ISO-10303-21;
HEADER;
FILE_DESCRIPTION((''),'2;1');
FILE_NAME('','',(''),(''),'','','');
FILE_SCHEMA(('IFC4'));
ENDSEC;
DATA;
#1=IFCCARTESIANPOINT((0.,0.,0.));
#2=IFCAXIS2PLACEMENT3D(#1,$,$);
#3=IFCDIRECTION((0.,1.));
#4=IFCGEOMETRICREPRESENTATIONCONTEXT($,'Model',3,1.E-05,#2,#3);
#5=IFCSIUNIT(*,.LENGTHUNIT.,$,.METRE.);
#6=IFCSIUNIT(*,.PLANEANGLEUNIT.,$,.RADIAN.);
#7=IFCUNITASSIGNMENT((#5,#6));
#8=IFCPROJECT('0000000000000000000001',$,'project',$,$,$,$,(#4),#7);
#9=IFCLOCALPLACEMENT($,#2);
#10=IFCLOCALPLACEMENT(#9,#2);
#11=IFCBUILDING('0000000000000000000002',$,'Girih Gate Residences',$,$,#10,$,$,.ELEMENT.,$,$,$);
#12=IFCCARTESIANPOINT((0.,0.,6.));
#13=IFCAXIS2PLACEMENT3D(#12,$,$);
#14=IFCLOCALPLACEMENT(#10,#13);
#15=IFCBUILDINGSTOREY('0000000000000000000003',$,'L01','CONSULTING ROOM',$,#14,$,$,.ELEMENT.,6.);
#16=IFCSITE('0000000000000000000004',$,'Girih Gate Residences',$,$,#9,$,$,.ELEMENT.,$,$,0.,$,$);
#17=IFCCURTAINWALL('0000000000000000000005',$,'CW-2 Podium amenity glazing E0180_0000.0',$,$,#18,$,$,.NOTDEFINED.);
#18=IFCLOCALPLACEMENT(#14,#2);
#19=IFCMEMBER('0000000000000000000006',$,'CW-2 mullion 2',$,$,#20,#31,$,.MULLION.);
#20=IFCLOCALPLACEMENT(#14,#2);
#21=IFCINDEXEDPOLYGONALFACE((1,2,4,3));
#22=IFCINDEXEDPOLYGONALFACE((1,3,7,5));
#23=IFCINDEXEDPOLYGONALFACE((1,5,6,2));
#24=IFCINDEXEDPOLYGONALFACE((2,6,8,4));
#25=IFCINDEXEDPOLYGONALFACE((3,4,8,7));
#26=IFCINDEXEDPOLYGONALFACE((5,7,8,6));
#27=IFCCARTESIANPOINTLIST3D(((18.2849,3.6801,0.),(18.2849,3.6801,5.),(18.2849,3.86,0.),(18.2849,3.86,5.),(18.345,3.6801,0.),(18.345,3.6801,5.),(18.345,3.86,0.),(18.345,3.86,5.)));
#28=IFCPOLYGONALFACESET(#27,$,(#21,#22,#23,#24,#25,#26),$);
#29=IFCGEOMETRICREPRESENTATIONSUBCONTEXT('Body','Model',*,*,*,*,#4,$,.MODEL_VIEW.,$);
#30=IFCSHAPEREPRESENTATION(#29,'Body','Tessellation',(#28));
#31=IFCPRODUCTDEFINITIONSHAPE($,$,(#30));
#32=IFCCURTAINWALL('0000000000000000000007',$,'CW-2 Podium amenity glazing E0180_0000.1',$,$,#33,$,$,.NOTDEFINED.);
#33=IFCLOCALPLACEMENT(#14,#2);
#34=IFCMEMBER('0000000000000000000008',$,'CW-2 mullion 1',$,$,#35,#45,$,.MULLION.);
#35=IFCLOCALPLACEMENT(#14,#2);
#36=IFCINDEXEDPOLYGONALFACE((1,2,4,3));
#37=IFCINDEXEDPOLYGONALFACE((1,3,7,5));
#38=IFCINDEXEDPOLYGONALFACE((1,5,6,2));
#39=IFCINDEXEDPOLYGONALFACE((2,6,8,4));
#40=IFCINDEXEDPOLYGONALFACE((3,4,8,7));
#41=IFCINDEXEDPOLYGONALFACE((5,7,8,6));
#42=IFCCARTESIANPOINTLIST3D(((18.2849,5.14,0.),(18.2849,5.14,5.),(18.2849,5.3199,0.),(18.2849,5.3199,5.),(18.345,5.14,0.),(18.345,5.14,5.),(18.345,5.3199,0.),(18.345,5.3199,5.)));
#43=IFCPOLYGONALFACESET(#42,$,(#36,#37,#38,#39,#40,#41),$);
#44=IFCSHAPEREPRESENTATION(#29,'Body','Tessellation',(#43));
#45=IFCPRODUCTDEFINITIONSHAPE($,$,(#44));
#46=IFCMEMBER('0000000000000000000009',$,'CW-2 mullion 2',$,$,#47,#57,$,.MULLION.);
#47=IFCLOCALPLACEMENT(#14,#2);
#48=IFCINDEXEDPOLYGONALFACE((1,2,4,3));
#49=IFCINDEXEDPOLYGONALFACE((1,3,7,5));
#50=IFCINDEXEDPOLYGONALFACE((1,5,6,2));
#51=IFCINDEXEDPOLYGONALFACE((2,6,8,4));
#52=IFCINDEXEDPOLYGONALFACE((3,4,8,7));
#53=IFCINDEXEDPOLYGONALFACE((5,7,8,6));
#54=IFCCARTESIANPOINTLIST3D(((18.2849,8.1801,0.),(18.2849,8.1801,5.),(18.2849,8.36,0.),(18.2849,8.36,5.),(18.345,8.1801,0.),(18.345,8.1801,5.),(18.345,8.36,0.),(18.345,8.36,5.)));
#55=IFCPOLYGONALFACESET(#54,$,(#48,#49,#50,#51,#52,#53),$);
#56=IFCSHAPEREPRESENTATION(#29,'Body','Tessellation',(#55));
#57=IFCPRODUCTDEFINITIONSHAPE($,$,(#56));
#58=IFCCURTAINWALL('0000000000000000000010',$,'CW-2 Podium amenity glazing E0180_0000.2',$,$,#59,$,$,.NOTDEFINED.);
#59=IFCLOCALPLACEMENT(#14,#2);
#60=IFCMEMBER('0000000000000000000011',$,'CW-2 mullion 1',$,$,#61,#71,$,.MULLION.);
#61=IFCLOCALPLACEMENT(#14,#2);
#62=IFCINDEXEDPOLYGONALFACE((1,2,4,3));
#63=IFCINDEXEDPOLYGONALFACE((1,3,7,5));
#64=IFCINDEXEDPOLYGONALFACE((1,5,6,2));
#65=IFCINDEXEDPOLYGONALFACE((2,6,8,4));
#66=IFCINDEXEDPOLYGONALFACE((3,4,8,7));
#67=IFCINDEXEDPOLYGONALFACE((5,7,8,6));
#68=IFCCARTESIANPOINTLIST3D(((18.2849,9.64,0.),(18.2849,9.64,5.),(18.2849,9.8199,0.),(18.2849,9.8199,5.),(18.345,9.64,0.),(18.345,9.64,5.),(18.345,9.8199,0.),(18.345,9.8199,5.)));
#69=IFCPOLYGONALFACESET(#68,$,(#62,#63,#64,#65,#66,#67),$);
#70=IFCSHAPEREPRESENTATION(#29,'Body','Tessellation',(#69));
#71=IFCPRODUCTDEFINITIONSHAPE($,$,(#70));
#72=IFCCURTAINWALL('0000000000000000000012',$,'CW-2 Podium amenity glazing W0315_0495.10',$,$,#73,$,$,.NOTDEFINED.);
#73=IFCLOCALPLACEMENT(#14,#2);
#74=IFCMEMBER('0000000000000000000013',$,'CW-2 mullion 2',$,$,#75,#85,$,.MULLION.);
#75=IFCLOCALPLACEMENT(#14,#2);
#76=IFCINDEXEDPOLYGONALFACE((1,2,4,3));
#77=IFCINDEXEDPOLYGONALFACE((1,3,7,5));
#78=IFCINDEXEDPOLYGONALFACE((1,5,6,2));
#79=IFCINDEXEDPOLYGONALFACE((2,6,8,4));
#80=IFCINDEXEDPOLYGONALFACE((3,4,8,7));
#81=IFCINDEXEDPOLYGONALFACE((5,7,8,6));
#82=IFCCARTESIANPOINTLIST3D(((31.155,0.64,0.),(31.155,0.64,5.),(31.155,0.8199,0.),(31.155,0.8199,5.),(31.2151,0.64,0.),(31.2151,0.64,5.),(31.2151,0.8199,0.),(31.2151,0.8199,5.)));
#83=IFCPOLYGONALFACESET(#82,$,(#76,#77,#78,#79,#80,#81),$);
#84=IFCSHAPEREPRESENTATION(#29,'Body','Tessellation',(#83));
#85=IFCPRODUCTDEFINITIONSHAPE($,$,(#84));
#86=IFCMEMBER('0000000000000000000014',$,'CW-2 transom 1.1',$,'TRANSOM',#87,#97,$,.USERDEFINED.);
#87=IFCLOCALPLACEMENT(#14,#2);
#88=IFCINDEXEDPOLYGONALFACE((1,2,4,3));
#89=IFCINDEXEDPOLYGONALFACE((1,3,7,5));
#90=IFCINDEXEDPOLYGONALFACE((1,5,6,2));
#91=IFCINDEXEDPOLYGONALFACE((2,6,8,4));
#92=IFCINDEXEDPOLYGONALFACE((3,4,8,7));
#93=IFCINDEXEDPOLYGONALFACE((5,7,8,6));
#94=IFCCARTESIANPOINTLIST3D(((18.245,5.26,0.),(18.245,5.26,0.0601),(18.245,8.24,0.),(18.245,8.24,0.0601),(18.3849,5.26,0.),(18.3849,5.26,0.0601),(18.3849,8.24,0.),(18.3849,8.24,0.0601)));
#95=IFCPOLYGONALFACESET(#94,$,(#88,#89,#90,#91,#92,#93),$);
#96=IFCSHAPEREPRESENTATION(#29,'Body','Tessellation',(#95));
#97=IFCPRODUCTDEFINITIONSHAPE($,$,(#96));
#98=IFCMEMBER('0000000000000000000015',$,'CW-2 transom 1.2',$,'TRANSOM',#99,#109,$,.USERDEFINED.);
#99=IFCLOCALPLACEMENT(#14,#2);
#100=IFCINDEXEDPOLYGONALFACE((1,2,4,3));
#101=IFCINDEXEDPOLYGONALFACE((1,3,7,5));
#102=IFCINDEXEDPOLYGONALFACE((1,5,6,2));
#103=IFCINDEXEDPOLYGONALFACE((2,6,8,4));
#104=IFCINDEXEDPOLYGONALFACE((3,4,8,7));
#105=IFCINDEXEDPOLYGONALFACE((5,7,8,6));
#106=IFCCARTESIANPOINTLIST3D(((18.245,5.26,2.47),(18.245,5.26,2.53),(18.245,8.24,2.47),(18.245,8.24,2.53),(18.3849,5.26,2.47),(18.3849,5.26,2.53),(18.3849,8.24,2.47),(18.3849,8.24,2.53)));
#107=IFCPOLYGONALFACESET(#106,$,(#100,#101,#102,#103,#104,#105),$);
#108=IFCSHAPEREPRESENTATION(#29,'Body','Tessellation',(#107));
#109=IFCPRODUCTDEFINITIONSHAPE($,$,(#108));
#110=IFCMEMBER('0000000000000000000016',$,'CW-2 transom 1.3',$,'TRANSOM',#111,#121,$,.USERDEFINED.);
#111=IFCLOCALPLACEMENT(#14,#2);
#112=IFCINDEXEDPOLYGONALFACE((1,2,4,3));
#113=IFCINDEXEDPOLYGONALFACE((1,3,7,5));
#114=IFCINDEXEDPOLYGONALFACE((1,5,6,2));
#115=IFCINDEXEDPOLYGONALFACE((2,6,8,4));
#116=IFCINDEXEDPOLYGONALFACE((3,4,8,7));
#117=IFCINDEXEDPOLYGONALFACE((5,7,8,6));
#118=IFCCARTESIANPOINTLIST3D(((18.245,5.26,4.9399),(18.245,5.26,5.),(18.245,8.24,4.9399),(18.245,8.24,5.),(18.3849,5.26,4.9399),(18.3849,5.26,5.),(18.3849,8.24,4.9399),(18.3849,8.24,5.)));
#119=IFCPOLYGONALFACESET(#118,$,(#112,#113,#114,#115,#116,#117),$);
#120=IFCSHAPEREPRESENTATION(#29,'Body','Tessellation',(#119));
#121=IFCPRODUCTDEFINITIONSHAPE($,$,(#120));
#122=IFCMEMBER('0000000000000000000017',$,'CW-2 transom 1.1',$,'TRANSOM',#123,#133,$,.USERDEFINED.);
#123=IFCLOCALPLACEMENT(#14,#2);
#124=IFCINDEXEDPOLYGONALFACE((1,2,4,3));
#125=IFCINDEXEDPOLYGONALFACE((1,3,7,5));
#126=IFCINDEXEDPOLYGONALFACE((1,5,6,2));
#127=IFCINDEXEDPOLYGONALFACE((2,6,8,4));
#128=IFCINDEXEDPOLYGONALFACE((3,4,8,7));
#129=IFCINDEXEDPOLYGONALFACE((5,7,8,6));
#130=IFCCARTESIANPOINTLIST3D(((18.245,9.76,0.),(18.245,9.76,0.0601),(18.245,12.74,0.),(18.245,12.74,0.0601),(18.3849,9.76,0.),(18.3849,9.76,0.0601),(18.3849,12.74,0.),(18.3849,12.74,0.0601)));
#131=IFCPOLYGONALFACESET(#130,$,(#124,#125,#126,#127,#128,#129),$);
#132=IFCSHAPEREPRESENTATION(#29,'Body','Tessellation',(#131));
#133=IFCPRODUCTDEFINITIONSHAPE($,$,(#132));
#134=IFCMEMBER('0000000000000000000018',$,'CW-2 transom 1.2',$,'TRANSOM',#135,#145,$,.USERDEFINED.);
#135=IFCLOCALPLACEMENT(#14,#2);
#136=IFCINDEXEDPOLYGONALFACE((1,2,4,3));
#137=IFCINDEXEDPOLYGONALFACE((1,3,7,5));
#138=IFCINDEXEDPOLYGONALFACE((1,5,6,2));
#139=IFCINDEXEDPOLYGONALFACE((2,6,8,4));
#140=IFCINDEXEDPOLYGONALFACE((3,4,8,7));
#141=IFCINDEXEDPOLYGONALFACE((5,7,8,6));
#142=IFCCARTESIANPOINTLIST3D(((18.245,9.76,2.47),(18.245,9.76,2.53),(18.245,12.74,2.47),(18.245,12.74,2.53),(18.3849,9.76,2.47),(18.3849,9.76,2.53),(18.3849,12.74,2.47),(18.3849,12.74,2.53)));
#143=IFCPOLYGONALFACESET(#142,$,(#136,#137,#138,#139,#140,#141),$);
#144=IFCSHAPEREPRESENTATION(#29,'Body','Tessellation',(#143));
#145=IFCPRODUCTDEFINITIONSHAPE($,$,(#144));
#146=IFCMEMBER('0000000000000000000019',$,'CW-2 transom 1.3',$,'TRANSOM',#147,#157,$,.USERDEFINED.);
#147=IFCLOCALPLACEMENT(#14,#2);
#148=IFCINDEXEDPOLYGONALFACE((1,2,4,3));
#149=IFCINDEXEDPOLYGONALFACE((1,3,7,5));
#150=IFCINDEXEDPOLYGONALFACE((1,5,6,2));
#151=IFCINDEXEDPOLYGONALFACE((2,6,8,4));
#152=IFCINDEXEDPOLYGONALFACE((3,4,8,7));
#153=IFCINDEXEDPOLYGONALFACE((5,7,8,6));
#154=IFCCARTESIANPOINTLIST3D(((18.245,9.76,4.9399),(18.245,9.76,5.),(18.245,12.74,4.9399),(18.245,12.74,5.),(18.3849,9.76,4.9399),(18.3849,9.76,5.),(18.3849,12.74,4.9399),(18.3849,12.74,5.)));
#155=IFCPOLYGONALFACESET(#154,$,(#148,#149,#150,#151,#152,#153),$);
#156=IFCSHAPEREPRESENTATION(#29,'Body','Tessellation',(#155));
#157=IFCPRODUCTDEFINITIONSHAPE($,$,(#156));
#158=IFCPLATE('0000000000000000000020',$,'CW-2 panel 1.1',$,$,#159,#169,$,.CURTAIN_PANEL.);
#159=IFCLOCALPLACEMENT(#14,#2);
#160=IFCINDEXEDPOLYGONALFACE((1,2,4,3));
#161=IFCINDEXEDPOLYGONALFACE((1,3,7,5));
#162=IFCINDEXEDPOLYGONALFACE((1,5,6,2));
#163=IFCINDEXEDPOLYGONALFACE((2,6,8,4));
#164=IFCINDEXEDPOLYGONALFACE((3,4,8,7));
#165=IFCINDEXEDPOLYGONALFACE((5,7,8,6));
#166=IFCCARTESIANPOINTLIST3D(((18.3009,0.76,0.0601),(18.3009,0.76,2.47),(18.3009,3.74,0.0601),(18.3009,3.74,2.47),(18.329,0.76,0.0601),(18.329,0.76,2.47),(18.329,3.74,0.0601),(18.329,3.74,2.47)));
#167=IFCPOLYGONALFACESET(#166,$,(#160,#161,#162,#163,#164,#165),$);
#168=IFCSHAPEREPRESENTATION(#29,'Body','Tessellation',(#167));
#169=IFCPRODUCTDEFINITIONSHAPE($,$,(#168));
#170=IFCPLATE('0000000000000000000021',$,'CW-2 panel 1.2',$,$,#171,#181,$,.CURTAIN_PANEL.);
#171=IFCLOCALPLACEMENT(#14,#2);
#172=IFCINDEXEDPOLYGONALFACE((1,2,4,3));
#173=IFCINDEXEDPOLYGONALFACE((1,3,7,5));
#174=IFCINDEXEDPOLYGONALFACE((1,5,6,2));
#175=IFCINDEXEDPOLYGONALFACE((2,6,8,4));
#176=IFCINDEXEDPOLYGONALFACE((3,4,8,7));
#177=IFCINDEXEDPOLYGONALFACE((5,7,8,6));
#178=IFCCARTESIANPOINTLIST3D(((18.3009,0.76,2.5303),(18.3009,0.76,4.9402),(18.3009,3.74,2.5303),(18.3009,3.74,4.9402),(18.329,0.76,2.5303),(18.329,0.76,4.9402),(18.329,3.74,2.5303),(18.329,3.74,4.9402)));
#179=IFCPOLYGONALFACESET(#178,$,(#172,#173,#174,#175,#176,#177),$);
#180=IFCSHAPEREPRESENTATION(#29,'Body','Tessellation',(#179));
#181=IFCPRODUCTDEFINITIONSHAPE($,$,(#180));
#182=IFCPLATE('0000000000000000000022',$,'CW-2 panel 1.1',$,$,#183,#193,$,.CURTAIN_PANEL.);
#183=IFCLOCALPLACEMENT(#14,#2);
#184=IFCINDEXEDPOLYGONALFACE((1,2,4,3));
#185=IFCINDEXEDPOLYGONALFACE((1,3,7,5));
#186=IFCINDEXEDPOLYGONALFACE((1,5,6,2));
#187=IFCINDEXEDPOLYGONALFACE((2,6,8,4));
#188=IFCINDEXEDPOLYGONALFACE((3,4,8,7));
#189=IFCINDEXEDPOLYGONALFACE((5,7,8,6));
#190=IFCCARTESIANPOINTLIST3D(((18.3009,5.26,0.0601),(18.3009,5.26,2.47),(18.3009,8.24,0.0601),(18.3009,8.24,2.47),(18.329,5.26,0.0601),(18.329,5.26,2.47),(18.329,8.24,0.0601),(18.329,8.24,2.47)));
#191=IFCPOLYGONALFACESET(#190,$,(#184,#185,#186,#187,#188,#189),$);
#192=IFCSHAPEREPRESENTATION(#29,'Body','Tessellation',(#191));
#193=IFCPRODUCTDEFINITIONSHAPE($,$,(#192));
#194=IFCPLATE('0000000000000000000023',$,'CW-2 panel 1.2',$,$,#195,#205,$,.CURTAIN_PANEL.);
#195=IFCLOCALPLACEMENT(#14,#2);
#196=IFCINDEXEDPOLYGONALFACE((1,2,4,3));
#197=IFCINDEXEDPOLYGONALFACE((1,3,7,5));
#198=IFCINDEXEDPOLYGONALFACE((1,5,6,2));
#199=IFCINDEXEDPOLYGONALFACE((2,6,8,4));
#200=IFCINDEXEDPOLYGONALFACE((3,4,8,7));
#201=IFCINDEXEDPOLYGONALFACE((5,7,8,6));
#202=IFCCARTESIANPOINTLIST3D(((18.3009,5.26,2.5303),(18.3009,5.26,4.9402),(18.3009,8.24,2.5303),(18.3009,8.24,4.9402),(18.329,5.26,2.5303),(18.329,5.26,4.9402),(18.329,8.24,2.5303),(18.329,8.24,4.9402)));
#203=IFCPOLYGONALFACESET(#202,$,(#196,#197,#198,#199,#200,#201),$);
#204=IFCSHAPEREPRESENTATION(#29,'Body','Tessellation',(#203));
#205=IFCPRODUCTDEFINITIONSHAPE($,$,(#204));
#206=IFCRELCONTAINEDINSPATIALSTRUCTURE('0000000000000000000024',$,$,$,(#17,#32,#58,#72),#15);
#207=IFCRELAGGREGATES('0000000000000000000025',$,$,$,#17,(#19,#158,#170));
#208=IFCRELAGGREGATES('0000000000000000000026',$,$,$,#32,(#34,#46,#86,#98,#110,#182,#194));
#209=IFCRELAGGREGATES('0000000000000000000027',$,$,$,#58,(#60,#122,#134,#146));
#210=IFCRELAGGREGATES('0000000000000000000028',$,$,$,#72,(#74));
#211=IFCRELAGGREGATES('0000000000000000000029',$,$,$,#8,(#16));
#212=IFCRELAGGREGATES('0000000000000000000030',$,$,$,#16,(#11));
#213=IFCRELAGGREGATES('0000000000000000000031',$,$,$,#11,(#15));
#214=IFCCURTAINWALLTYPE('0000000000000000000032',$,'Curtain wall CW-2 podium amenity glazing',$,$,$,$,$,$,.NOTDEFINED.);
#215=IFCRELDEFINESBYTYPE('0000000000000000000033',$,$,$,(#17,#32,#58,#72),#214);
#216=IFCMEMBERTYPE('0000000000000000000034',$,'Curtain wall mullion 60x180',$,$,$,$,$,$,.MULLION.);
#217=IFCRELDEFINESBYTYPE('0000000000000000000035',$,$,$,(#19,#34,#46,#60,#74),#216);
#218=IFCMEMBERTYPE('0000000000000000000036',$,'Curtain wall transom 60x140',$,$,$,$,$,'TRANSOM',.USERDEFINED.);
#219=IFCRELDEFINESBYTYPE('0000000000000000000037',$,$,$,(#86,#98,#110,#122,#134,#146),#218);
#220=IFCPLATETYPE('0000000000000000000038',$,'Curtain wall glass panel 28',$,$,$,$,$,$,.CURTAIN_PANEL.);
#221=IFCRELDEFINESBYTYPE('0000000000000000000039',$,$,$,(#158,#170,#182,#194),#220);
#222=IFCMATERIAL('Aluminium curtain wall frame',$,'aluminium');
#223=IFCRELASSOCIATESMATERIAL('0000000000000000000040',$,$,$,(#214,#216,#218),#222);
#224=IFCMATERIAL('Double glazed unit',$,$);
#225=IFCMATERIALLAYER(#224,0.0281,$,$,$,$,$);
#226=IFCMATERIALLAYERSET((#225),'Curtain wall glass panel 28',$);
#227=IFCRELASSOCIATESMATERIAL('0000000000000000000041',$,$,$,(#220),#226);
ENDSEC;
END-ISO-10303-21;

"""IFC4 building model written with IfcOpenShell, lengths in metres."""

from ifc_helpers import new_model, si_unit, direction, frame, origin, origin_2d, place, context, subcontext, project, spatial, rectangle, extrude, material, layer, layer_set, material_profile, profile_set, type_object, element, aggregate, save


model = new_model("IFC4")

# Units and contexts
model_context = context("Model", 3, precision=1e-05, world=origin(), true_north=direction((0.0, 1.0)))
body_context = subcontext(model_context, "Body", "Model", "MODEL_VIEW")
ifc_project = project(units=[si_unit("LENGTHUNIT", "METRE"), si_unit("PLANEANGLEUNIT", "RADIAN")], contexts=[model_context])

# Site, building, storey
site_placement = place(None, origin())
site = spatial("IfcSite", under=ifc_project, at=site_placement, Name="Girih Gate Residences", CompositionType="ELEMENT", RefElevation=0.0)
building_placement = place(site_placement, origin())
building = spatial("IfcBuilding", under=site, at=building_placement, Name="Girih Gate Residences", CompositionType="ELEMENT")
storey_placement = place(building_placement, frame((0.0, 0.0, 6.0)))
storey = spatial("IfcBuildingStorey", under=building, at=storey_placement, Name="L01", Description="CONSULTING ROOM", CompositionType="ELEMENT", Elevation=6.0)

# Curtain wall, member
ifc_material_1 = material(Name="Aluminium curtain wall frame", Category="aluminium")
curtain_wall_type = type_object("IfcCurtainWallType", Name="Curtain wall CW-2 podium amenity glazing", PredefinedType="NOTDEFINED", material=ifc_material_1)
curtain_wall_1_placement = place(storey_placement, origin())
curtain_wall_1 = element("IfcCurtainWall", 1, at=curtain_wall_1_placement, inside=storey, type_object=curtain_wall_type, Name="CW-2 Podium amenity glazing E0180_0000.0", PredefinedType="NOTDEFINED")
ifc_material_profile_1 = material_profile(ifc_material_1, rectangle(XDim=0.0601, YDim=0.1799, at=origin_2d()))
ifc_profile_set_1 = profile_set([ifc_material_profile_1], Name="Aluminium curtain wall frame")
member_type_1 = type_object("IfcMemberType", Name="Curtain wall mullion 60x180", PredefinedType="MULLION", material=ifc_profile_set_1)
member_1_placement = place(storey_placement, frame((18.3149, 3.77, 0.0), z_axis=(0.0, 0.0, 1.0), x_axis=(-1.0, 0.0, 0.0)))
member_1 = element("IfcMember", 2, at=member_1_placement, type_object=member_type_1, Name="CW-2 mullion 2", PredefinedType="MULLION", context=body_context, shape_type="SweptSolid", body=[
    extrude(rectangle(XDim=0.0601, YDim=0.1799, at=origin_2d()), origin(), (0.0, 0.0, 1.0), 5.0),
])

# Curtain wall, members
curtain_wall_2_placement = place(storey_placement, origin())
curtain_wall_2 = element("IfcCurtainWall", 3, at=curtain_wall_2_placement, inside=storey, type_object=curtain_wall_type, Name="CW-2 Podium amenity glazing E0180_0000.1", PredefinedType="NOTDEFINED")
member_2_placement = place(storey_placement, frame((18.3149, 5.23, 0.0), z_axis=(0.0, 0.0, 1.0), x_axis=(-1.0, 0.0, 0.0)))
member_2 = element("IfcMember", 4, at=member_2_placement, type_object=member_type_1, Name="CW-2 mullion 1", PredefinedType="MULLION", context=body_context, shape_type="SweptSolid", body=[
    extrude(rectangle(XDim=0.0601, YDim=0.1799, at=origin_2d()), origin(), (0.0, 0.0, 1.0), 5.0),
])
member_3_placement = place(storey_placement, frame((18.3149, 8.27, 0.0), z_axis=(0.0, 0.0, 1.0), x_axis=(-1.0, 0.0, 0.0)))
member_3 = element("IfcMember", 5, at=member_3_placement, type_object=member_type_1, Name="CW-2 mullion 2", PredefinedType="MULLION", context=body_context, shape_type="SweptSolid", body=[
    extrude(rectangle(XDim=0.0601, YDim=0.1799, at=origin_2d()), origin(), (0.0, 0.0, 1.0), 5.0),
])

# Curtain walls, members
curtain_wall_3_placement = place(storey_placement, origin())
curtain_wall_3 = element("IfcCurtainWall", 6, at=curtain_wall_3_placement, inside=storey, type_object=curtain_wall_type, Name="CW-2 Podium amenity glazing E0180_0000.2", PredefinedType="NOTDEFINED")
member_4_placement = place(storey_placement, frame((18.3149, 9.73, 0.0), z_axis=(0.0, 0.0, 1.0), x_axis=(-1.0, 0.0, 0.0)))
member_4 = element("IfcMember", 7, at=member_4_placement, type_object=member_type_1, Name="CW-2 mullion 1", PredefinedType="MULLION", context=body_context, shape_type="SweptSolid", body=[
    extrude(rectangle(XDim=0.0601, YDim=0.1799, at=origin_2d()), origin(), (0.0, 0.0, 1.0), 5.0),
])
curtain_wall_4_placement = place(storey_placement, origin())
curtain_wall_4 = element("IfcCurtainWall", 8, at=curtain_wall_4_placement, inside=storey, type_object=curtain_wall_type, Name="CW-2 Podium amenity glazing W0315_0495.10", PredefinedType="NOTDEFINED")
member_5_placement = place(storey_placement, frame((31.1851, 0.73, 0.0), z_axis=(0.0, 0.0, 1.0), x_axis=(1.0, 0.0, 0.0)))
member_5 = element("IfcMember", 9, at=member_5_placement, type_object=member_type_1, Name="CW-2 mullion 2", PredefinedType="MULLION", context=body_context, shape_type="SweptSolid", body=[
    extrude(rectangle(XDim=0.0601, YDim=0.1799, at=origin_2d()), origin(), (0.0, 0.0, 1.0), 5.0),
])

# Members
ifc_material_profile_2 = material_profile(ifc_material_1, rectangle(XDim=0.1399, YDim=0.0601, at=origin_2d()))
ifc_profile_set_2 = profile_set([ifc_material_profile_2], Name="Aluminium curtain wall frame")
member_type_2 = type_object("IfcMemberType", Name="Curtain wall transom 60x140", ElementType="TRANSOM", PredefinedType="USERDEFINED", material=ifc_profile_set_2)
member_6_placement = place(storey_placement, frame((18.3149, 5.26, 0.03), z_axis=(0.0, 1.0, 0.0), x_axis=(-1.0, 0.0, 0.0)))
member_6 = element("IfcMember", 10, at=member_6_placement, type_object=member_type_2, Name="CW-2 transom 1.1", ObjectType="TRANSOM", PredefinedType="USERDEFINED", context=body_context, shape_type="SweptSolid", body=[
    extrude(rectangle(XDim=0.1399, YDim=0.0601, at=origin_2d()), origin(), (0.0, 0.0, 1.0), 2.98),
])
member_7_placement = place(storey_placement, frame((18.3149, 5.26, 2.5), z_axis=(0.0, 1.0, 0.0), x_axis=(-1.0, 0.0, 0.0)))
member_7 = element("IfcMember", 11, at=member_7_placement, type_object=member_type_2, Name="CW-2 transom 1.2", ObjectType="TRANSOM", PredefinedType="USERDEFINED", context=body_context, shape_type="SweptSolid", body=[
    extrude(rectangle(XDim=0.1399, YDim=0.0601, at=origin_2d()), origin(), (0.0, 0.0, 1.0), 2.98),
])
member_8_placement = place(storey_placement, frame((18.3149, 5.26, 4.97), z_axis=(0.0, 1.0, 0.0), x_axis=(-1.0, 0.0, 0.0)))
member_8 = element("IfcMember", 12, at=member_8_placement, type_object=member_type_2, Name="CW-2 transom 1.3", ObjectType="TRANSOM", PredefinedType="USERDEFINED", context=body_context, shape_type="SweptSolid", body=[
    extrude(rectangle(XDim=0.1399, YDim=0.0601, at=origin_2d()), origin(), (0.0, 0.0, 1.0), 2.98),
])
member_9_placement = place(storey_placement, frame((18.3149, 9.76, 0.03), z_axis=(0.0, 1.0, 0.0), x_axis=(-1.0, 0.0, 0.0)))
member_9 = element("IfcMember", 13, at=member_9_placement, type_object=member_type_2, Name="CW-2 transom 1.1", ObjectType="TRANSOM", PredefinedType="USERDEFINED", context=body_context, shape_type="SweptSolid", body=[
    extrude(rectangle(XDim=0.1399, YDim=0.0601, at=origin_2d()), origin(), (0.0, 0.0, 1.0), 2.98),
])
member_10_placement = place(storey_placement, frame((18.3149, 9.76, 2.5), z_axis=(0.0, 1.0, 0.0), x_axis=(-1.0, 0.0, 0.0)))
member_10 = element("IfcMember", 14, at=member_10_placement, type_object=member_type_2, Name="CW-2 transom 1.2", ObjectType="TRANSOM", PredefinedType="USERDEFINED", context=body_context, shape_type="SweptSolid", body=[
    extrude(rectangle(XDim=0.1399, YDim=0.0601, at=origin_2d()), origin(), (0.0, 0.0, 1.0), 2.98),
])
member_11_placement = place(storey_placement, frame((18.3149, 9.76, 4.97), z_axis=(0.0, 1.0, 0.0), x_axis=(-1.0, 0.0, 0.0)))
member_11 = element("IfcMember", 15, at=member_11_placement, type_object=member_type_2, Name="CW-2 transom 1.3", ObjectType="TRANSOM", PredefinedType="USERDEFINED", context=body_context, shape_type="SweptSolid", body=[
    extrude(rectangle(XDim=0.1399, YDim=0.0601, at=origin_2d()), origin(), (0.0, 0.0, 1.0), 2.98),
])

# Plates
ifc_material_2 = material(Name="Double glazed unit")
ifc_layer_1 = layer(ifc_material_2, 0.0281)
ifc_layer_set_1 = layer_set([ifc_layer_1], Name="Curtain wall glass panel 28")
plate_type = type_object("IfcPlateType", Name="Curtain wall glass panel 28", PredefinedType="CURTAIN_PANEL", material=ifc_layer_set_1)
plate_1_placement = place(storey_placement, frame((18.3149, 2.25, 0.0601), z_axis=(0.0, 0.0, 1.0), x_axis=(0.0, 1.0, 0.0)))
plate_1 = element("IfcPlate", 16, at=plate_1_placement, type_object=plate_type, Name="CW-2 panel 1.1", PredefinedType="CURTAIN_PANEL", context=body_context, shape_type="SweptSolid", body=[
    extrude(rectangle(XDim=2.98, YDim=0.0281, at=origin_2d()), origin(), (0.0, 0.0, 1.0), 2.4099),
])
plate_2_placement = place(storey_placement, frame((18.3149, 2.25, 2.5303), z_axis=(0.0, 0.0, 1.0), x_axis=(0.0, 1.0, 0.0)))
plate_2 = element("IfcPlate", 17, at=plate_2_placement, type_object=plate_type, Name="CW-2 panel 1.2", PredefinedType="CURTAIN_PANEL", context=body_context, shape_type="SweptSolid", body=[
    extrude(rectangle(XDim=2.98, YDim=0.0281, at=origin_2d()), origin(), (0.0, 0.0, 1.0), 2.4099),
])
aggregate(curtain_wall_1, [member_1, plate_1, plate_2])
plate_3_placement = place(storey_placement, frame((18.3149, 6.75, 0.0601), z_axis=(0.0, 0.0, 1.0), x_axis=(0.0, 1.0, 0.0)))
plate_3 = element("IfcPlate", 18, at=plate_3_placement, type_object=plate_type, Name="CW-2 panel 1.1", PredefinedType="CURTAIN_PANEL", context=body_context, shape_type="SweptSolid", body=[
    extrude(rectangle(XDim=2.98, YDim=0.0281, at=origin_2d()), origin(), (0.0, 0.0, 1.0), 2.4099),
])
plate_4_placement = place(storey_placement, frame((18.3149, 6.75, 2.5303), z_axis=(0.0, 0.0, 1.0), x_axis=(0.0, 1.0, 0.0)))
plate_4 = element("IfcPlate", 19, at=plate_4_placement, type_object=plate_type, Name="CW-2 panel 1.2", PredefinedType="CURTAIN_PANEL", context=body_context, shape_type="SweptSolid", body=[
    extrude(rectangle(XDim=2.98, YDim=0.0281, at=origin_2d()), origin(), (0.0, 0.0, 1.0), 2.4099),
])
aggregate(curtain_wall_2, [member_2, member_3, member_6, member_7, member_8, plate_3, plate_4])
aggregate(curtain_wall_3, [member_4, member_9, member_10, member_11])
aggregate(curtain_wall_4, [member_5])

save(model, "model.ifc")
